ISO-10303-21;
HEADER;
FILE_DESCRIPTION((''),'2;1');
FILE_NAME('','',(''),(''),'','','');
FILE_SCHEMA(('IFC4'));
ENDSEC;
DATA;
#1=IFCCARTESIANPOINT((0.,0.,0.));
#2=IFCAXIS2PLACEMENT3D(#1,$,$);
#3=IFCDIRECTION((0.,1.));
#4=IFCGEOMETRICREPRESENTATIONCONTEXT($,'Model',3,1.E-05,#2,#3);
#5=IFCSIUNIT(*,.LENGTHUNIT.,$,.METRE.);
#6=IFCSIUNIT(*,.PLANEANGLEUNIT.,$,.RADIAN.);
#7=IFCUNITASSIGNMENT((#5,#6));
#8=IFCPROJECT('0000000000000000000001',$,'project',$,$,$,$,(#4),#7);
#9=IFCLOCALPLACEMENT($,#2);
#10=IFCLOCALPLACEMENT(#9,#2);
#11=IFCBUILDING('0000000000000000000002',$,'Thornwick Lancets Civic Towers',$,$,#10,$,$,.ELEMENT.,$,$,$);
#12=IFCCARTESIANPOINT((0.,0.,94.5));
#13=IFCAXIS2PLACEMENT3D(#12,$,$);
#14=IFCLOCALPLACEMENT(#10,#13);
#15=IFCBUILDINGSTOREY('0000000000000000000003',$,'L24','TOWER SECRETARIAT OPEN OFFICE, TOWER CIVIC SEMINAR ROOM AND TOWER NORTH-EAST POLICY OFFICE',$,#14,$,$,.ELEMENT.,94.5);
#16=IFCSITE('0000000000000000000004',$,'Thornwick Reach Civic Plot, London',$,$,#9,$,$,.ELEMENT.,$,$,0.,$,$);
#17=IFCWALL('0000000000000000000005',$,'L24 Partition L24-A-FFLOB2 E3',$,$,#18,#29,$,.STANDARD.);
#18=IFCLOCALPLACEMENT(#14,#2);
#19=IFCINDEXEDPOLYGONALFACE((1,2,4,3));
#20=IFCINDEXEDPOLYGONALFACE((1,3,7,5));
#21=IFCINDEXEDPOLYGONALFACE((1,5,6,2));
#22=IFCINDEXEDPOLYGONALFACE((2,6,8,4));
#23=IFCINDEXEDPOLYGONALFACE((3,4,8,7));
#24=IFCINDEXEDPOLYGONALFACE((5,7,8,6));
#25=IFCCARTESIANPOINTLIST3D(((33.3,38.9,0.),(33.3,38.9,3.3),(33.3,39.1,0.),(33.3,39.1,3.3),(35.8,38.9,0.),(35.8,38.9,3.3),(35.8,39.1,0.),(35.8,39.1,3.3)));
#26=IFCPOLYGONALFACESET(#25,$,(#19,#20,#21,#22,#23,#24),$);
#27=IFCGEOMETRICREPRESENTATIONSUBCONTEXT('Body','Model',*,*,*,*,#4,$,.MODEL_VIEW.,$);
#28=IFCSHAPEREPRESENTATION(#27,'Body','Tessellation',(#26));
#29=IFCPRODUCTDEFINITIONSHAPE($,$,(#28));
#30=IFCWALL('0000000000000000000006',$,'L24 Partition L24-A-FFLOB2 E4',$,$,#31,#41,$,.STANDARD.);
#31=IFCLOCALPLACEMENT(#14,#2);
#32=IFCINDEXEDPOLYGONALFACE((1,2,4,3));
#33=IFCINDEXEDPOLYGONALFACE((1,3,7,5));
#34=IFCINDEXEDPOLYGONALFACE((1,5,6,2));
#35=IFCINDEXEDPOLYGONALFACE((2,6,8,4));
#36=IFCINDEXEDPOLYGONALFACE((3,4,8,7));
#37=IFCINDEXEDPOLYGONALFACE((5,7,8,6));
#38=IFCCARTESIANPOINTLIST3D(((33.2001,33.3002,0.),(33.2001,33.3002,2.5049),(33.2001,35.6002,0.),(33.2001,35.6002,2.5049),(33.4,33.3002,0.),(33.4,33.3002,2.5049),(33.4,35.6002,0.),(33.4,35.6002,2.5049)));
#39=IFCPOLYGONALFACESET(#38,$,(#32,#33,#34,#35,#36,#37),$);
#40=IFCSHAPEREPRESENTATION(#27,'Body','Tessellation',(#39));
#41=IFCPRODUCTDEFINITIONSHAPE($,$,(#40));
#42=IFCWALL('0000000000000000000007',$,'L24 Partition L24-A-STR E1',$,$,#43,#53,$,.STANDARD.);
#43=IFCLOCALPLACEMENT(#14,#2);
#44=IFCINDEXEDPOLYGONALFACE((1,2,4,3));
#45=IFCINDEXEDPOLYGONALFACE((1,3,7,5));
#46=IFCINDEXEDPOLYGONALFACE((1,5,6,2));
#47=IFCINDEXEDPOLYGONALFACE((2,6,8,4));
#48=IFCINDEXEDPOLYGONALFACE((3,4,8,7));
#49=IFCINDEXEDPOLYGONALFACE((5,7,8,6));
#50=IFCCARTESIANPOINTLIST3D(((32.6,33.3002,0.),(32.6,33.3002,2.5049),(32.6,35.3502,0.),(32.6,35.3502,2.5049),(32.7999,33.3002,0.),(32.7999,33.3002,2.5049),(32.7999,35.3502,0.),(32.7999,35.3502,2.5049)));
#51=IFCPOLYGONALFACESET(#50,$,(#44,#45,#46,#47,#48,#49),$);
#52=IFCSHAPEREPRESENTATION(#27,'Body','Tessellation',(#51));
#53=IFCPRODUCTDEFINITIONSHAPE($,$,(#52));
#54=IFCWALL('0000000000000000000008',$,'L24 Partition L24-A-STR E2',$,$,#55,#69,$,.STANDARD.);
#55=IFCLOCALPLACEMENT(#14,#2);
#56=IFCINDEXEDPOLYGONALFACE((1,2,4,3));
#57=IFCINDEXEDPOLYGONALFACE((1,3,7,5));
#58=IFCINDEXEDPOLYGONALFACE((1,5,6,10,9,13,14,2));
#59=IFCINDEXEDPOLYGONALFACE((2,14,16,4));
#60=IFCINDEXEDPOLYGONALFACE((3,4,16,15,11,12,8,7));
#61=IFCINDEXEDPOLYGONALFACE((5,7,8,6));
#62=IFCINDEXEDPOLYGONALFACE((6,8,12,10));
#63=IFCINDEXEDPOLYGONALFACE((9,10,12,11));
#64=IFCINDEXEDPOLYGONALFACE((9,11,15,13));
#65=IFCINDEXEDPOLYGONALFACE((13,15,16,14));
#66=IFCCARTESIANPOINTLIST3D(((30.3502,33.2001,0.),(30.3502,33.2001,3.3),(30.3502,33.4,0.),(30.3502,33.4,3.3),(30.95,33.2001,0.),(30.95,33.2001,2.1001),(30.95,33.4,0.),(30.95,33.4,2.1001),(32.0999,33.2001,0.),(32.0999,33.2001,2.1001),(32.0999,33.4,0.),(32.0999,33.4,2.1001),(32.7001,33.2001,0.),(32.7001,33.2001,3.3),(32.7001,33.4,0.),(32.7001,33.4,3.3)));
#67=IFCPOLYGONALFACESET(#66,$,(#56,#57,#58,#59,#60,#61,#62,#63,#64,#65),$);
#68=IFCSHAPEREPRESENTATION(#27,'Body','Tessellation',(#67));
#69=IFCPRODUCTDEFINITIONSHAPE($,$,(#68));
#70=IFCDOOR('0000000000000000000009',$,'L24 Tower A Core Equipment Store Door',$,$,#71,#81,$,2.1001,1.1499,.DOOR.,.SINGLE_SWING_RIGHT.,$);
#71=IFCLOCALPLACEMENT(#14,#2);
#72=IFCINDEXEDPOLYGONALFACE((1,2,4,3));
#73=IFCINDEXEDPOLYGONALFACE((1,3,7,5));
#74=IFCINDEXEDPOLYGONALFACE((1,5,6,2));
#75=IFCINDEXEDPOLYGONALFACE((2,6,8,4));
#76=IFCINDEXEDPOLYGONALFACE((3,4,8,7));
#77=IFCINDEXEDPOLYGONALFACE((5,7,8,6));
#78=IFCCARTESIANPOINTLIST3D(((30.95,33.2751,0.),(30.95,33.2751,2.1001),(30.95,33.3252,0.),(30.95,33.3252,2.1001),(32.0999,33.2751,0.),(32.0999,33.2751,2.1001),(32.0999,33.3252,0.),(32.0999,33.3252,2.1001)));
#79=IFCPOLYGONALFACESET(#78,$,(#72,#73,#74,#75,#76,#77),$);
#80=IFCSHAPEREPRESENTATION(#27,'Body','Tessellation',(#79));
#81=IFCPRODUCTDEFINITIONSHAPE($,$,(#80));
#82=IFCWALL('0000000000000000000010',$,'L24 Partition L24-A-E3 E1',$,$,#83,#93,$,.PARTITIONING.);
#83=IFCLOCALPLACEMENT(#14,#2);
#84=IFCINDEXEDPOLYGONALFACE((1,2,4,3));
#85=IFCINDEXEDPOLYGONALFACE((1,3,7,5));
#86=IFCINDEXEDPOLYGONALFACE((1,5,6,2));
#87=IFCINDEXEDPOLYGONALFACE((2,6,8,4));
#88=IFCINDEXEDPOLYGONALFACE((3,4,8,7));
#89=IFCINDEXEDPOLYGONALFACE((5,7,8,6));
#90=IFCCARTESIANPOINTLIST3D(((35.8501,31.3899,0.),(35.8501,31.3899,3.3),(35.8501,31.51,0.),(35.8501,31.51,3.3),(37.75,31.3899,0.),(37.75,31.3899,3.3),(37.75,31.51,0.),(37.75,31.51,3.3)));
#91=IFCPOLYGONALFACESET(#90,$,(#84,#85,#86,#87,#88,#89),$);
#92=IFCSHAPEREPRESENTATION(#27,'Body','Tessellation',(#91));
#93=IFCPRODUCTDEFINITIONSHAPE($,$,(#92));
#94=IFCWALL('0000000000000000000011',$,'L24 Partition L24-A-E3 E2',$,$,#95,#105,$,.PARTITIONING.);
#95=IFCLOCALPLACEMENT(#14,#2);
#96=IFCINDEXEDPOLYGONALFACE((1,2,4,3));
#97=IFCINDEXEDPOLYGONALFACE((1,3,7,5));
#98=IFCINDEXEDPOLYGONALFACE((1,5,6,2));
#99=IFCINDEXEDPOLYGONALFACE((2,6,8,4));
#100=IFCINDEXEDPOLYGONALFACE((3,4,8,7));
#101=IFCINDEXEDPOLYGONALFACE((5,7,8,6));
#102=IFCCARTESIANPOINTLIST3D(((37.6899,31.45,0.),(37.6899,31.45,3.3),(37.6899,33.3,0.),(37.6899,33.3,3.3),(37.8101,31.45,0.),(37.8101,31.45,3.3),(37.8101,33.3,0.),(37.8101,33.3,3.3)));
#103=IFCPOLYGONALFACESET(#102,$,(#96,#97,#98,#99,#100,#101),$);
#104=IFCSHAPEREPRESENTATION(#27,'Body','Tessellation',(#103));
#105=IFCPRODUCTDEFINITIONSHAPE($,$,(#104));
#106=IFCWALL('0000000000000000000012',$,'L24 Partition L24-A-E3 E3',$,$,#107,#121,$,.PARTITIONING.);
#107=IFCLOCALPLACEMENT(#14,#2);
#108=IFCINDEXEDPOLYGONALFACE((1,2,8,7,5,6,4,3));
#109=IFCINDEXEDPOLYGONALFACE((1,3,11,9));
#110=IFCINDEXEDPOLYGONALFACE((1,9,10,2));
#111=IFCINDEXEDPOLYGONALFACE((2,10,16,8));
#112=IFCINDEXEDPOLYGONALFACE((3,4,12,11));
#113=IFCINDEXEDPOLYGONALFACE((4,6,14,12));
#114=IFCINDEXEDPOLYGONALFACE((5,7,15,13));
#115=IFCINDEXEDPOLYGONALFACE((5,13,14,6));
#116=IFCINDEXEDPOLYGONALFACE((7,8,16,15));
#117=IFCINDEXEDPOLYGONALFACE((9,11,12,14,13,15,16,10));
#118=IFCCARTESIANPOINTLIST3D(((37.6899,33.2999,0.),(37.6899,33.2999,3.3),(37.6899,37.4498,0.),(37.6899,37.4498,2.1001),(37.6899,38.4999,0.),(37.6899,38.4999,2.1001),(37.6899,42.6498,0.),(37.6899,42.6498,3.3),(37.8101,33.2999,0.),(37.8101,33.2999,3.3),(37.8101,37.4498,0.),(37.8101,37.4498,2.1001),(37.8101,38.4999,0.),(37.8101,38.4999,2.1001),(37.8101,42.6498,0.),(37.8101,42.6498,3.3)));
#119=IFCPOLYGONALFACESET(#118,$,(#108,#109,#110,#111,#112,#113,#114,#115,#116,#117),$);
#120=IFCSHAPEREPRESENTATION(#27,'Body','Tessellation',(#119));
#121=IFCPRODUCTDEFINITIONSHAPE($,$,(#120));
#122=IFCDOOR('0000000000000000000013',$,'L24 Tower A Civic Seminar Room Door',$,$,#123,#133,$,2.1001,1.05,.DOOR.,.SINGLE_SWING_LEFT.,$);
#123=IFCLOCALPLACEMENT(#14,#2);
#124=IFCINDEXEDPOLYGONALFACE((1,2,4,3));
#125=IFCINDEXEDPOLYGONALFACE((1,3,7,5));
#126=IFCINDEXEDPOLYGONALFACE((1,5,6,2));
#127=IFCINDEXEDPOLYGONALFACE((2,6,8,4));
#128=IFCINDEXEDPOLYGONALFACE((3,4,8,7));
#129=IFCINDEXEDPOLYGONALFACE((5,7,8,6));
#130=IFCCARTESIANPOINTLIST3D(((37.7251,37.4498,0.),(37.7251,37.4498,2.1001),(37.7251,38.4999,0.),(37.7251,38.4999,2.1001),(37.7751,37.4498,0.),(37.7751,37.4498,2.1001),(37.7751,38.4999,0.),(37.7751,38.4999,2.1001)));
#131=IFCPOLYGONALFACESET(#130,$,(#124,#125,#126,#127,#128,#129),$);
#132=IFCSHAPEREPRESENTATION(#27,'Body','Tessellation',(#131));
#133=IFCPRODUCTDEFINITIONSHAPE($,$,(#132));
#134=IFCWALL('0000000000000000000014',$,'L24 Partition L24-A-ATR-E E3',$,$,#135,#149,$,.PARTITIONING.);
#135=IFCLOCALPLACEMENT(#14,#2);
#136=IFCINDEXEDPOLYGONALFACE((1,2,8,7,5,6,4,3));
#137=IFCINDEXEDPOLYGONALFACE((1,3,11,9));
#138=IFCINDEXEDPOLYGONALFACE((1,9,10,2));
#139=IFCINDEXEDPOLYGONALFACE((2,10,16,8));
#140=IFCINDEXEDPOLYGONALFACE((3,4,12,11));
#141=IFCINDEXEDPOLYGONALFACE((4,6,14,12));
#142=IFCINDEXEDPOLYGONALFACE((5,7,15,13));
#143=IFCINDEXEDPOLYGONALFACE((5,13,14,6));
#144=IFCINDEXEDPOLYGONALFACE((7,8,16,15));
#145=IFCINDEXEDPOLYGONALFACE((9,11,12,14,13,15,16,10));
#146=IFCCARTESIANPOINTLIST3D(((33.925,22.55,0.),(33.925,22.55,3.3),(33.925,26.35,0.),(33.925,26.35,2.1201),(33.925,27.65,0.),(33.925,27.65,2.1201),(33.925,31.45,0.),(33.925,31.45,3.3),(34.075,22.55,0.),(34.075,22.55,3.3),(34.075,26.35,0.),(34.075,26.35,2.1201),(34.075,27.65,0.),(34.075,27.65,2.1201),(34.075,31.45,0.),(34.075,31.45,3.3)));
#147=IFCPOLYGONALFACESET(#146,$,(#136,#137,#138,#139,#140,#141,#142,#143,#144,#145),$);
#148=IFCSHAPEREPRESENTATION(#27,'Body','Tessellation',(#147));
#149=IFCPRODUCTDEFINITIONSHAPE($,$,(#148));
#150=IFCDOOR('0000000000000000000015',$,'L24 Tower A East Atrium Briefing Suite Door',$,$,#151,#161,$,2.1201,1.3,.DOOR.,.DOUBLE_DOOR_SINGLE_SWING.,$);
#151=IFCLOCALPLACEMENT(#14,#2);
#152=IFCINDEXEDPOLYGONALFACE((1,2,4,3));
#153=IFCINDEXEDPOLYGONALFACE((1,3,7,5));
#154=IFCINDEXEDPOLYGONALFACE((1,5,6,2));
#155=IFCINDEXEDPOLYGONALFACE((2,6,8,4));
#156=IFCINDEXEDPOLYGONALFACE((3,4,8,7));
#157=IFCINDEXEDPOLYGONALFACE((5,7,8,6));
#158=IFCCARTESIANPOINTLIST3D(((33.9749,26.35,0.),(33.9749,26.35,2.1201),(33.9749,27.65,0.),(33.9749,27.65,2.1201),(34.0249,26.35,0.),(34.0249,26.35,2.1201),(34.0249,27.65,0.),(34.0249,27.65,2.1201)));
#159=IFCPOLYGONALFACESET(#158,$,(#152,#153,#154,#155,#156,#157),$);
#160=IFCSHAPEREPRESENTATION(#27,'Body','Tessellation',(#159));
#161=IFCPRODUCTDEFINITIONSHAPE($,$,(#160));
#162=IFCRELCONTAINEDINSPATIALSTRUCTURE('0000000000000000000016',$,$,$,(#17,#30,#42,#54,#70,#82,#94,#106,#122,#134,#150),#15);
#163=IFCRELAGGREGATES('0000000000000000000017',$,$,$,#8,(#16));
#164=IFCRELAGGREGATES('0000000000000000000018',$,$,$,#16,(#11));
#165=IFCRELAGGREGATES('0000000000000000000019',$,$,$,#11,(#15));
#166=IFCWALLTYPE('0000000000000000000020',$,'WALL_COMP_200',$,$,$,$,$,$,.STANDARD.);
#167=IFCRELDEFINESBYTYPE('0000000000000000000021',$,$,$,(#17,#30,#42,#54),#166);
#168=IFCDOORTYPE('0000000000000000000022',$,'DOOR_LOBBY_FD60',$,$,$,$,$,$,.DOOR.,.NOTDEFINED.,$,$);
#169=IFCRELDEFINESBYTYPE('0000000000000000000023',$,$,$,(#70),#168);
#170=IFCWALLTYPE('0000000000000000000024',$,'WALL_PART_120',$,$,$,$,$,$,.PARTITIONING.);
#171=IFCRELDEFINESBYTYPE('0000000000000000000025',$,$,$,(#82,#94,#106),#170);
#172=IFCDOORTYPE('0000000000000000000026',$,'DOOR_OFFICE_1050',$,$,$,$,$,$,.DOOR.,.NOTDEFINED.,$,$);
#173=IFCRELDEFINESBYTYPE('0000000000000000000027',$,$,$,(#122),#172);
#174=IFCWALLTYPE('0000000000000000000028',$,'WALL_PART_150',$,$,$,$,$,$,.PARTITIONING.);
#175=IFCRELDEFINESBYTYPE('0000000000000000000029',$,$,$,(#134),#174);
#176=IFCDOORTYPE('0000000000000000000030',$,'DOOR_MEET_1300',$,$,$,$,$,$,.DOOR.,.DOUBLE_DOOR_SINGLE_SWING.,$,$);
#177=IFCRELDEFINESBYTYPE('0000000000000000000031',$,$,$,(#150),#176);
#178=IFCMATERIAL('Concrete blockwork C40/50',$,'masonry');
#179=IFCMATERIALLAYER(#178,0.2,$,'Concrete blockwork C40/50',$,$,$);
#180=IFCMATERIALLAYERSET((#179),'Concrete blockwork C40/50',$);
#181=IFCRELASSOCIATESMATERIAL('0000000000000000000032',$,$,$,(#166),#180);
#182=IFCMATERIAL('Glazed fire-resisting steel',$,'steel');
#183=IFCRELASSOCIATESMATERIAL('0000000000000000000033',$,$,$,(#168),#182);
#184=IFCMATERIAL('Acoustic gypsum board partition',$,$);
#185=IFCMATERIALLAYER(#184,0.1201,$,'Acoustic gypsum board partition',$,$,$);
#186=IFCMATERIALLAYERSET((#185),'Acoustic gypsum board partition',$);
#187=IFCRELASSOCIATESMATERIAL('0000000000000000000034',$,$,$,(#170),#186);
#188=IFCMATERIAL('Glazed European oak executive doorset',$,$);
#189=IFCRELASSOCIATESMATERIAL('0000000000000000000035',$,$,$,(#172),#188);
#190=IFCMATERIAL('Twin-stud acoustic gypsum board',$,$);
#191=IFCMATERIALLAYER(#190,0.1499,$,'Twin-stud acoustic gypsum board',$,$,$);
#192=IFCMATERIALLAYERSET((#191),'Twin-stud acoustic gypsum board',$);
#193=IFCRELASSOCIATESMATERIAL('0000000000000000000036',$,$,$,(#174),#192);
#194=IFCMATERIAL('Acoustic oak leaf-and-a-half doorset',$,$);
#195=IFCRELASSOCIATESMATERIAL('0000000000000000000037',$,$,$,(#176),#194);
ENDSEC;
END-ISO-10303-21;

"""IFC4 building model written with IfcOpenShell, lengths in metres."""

from ifc_helpers import new_model, si_unit, direction, frame, frame_2d, origin, place, context, subcontext, project, spatial, rectangle, extrude, material, layer, layer_set, type_object, element, fill, save


model = new_model("IFC4")

# Units and contexts
model_context = context("Model", 3, precision=1e-05, world=origin(), true_north=direction((0.0, 1.0)))
body_context = subcontext(model_context, "Body", "Model", "MODEL_VIEW")
ifc_project = project(units=[si_unit("LENGTHUNIT", "METRE"), si_unit("PLANEANGLEUNIT", "RADIAN")], contexts=[model_context])

# Site, building, storey
site_placement = place(None, origin())
site = spatial("IfcSite", under=ifc_project, at=site_placement, Name="Thornwick Reach Civic Plot, London", CompositionType="ELEMENT", RefElevation=0.0)
building_placement = place(site_placement, origin())
building = spatial("IfcBuilding", under=site, at=building_placement, Name="Thornwick Lancets Civic Towers", CompositionType="ELEMENT")
storey_placement = place(building_placement, frame((0.0, 0.0, 94.5)))
storey = spatial("IfcBuildingStorey", under=building, at=storey_placement, Name="L24", Description="TOWER SECRETARIAT OPEN OFFICE, TOWER CIVIC SEMINAR ROOM AND TOWER NORTH-EAST POLICY OFFICE", CompositionType="ELEMENT", Elevation=94.5)

# Shared definitions
ifc_material_1 = material(Name="Concrete blockwork C40/50", Category="masonry")
ifc_layer_1 = layer(ifc_material_1, 0.2, Name="Concrete blockwork C40/50")
ifc_layer_set_1 = layer_set([ifc_layer_1], Name="Concrete blockwork C40/50")
wall_type_1 = type_object("IfcWallType", Name="WALL_COMP_200", PredefinedType="STANDARD", material=ifc_layer_set_1)

# Shared definitions
ifc_material_2 = material(Name="Glazed fire-resisting steel", Category="steel")
door_type_1 = type_object("IfcDoorType", Name="DOOR_LOBBY_FD60", OperationType="NOTDEFINED", PredefinedType="DOOR", material=ifc_material_2)

# Walls
wall_1_placement = place(storey_placement, frame((35.8, 39.0, 0.0), z_axis=(0.0, 0.0, 1.0), x_axis=(-1.0, 0.0, 0.0)))
element("IfcWall", 1, at=wall_1_placement, inside=storey, type_object=wall_type_1, Name="L24 Partition L24-A-FFLOB2 E3", PredefinedType="STANDARD", context=body_context, shape_type="SweptSolid", body=[
    extrude(rectangle(XDim=2.5, YDim=0.2, at=frame_2d((1.25, 0.0))), origin(), (0.0, 0.0, 1.0), 3.3),
])
wall_2_placement = place(storey_placement, frame((33.3, 35.6001, 0.0), z_axis=(0.0, 0.0, 1.0), x_axis=(0.0, -1.0, 0.0)))
element("IfcWall", 2, at=wall_2_placement, inside=storey, type_object=wall_type_1, Name="L24 Partition L24-A-FFLOB2 E4", PredefinedType="STANDARD", context=body_context, shape_type="SweptSolid", body=[
    extrude(rectangle(XDim=2.3, YDim=0.2, at=frame_2d((1.1499, 0.0))), origin(), (0.0, 0.0, 1.0), 2.5049),
])
wall_3_placement = place(storey_placement, frame((32.7, 35.3501, 0.0), z_axis=(0.0, 0.0, 1.0), x_axis=(0.0, -1.0, 0.0)))
element("IfcWall", 3, at=wall_3_placement, inside=storey, type_object=wall_type_1, Name="L24 Partition L24-A-STR E1", PredefinedType="STANDARD", context=body_context, shape_type="SweptSolid", body=[
    extrude(rectangle(XDim=2.05, YDim=0.2, at=frame_2d((1.0249, 0.0))), origin(), (0.0, 0.0, 1.0), 2.5049),
])

# Wall, opening, door
wall_4_placement = place(storey_placement, frame((32.7, 33.3, 0.0), z_axis=(0.0, 0.0, 1.0), x_axis=(-1.0, 0.0, 0.0)))
wall_4 = element("IfcWall", 4, at=wall_4_placement, inside=storey, type_object=wall_type_1, Name="L24 Partition L24-A-STR E2", PredefinedType="STANDARD", context=body_context, shape_type="SweptSolid", body=[
    extrude(rectangle(XDim=2.3499, YDim=0.2, at=frame_2d((1.1748, 0.0))), origin(), (0.0, 0.0, 1.0), 3.3),
])
opening_1_placement = place(wall_4_placement, frame((0.6001, 0.0, 0.0)))
opening_1 = element("IfcOpeningElement", 5, at=opening_1_placement, cuts=wall_4, PredefinedType="OPENING", context=body_context, shape_type="SweptSolid", body=[
    extrude(rectangle(XDim=1.1499, YDim=2.1001, at=frame_2d((0.575, 1.05))), frame((0.0, 0.1099, 0.0), z_axis=(0.0, -1.0, 0.0), x_axis=(1.0, 0.0, 0.0)), (0.0, 0.0, 1.0), 0.22),
])
door_1_placement = place(opening_1_placement, origin())
door_1 = element("IfcDoor", 6, at=door_1_placement, inside=storey, type_object=door_type_1, Name="L24 Tower A Core Equipment Store Door", OperationType="SINGLE_SWING_RIGHT", OverallHeight=2.1001, OverallWidth=1.1499, PredefinedType="DOOR", context=body_context, shape_type="SweptSolid", body=[
    extrude(rectangle(XDim=1.1499, YDim=2.1001, at=frame_2d((0.575, 1.05))), frame((0.0, 0.0249, 0.0), z_axis=(0.0, -1.0, 0.0), x_axis=(1.0, 0.0, 0.0)), (0.0, 0.0, 1.0), 0.05),
])
fill(opening_1, door_1)

# Walls
ifc_material_3 = material(Name="Acoustic gypsum board partition")
ifc_layer_2 = layer(ifc_material_3, 0.1201, Name="Acoustic gypsum board partition")
ifc_layer_set_2 = layer_set([ifc_layer_2], Name="Acoustic gypsum board partition")
wall_type_2 = type_object("IfcWallType", Name="WALL_PART_120", PredefinedType="PARTITIONING", material=ifc_layer_set_2)
wall_5_placement = place(storey_placement, frame((35.8501, 31.45, 0.0), z_axis=(0.0, 0.0, 1.0), x_axis=(1.0, 0.0, 0.0)))
element("IfcWall", 7, at=wall_5_placement, inside=storey, type_object=wall_type_2, Name="L24 Partition L24-A-E3 E1", PredefinedType="PARTITIONING", context=body_context, shape_type="SweptSolid", body=[
    extrude(rectangle(XDim=1.8999, YDim=0.1201, at=frame_2d((0.95, 0.0))), origin(), (0.0, 0.0, 1.0), 3.3),
])
wall_6_placement = place(storey_placement, frame((37.75, 31.45, 0.0), z_axis=(0.0, 0.0, 1.0), x_axis=(0.0, 1.0, 0.0)))
element("IfcWall", 8, at=wall_6_placement, inside=storey, type_object=wall_type_2, Name="L24 Partition L24-A-E3 E2", PredefinedType="PARTITIONING", context=body_context, shape_type="SweptSolid", body=[
    extrude(rectangle(XDim=1.8501, YDim=0.1201, at=frame_2d((0.925, 0.0))), origin(), (0.0, 0.0, 1.0), 3.3),
])

# Walls, openings, doors
wall_7_placement = place(storey_placement, frame((37.75, 33.3, 0.0), z_axis=(0.0, 0.0, 1.0), x_axis=(0.0, 1.0, 0.0)))
wall_7 = element("IfcWall", 9, at=wall_7_placement, inside=storey, type_object=wall_type_2, Name="L24 Partition L24-A-E3 E3", PredefinedType="PARTITIONING", context=body_context, shape_type="SweptSolid", body=[
    extrude(rectangle(XDim=9.3499, YDim=0.1201, at=frame_2d((4.6748, 0.0))), origin(), (0.0, 0.0, 1.0), 3.3),
])
opening_2_placement = place(wall_7_placement, frame((4.1499, 0.0, 0.0)))
opening_2 = element("IfcOpeningElement", 10, at=opening_2_placement, cuts=wall_7, PredefinedType="OPENING", context=body_context, shape_type="SweptSolid", body=[
    extrude(rectangle(XDim=1.05, YDim=2.1001, at=frame_2d((0.5249, 1.05))), frame((0.0, 0.0701, 0.0), z_axis=(0.0, -1.0, 0.0), x_axis=(1.0, 0.0, 0.0)), (0.0, 0.0, 1.0), 0.1401),
])
ifc_material_4 = material(Name="Glazed European oak executive doorset")
door_type_2 = type_object("IfcDoorType", Name="DOOR_OFFICE_1050", OperationType="NOTDEFINED", PredefinedType="DOOR", material=ifc_material_4)
door_2_placement = place(opening_2_placement, origin())
door_2 = element("IfcDoor", 11, at=door_2_placement, inside=storey, type_object=door_type_2, Name="L24 Tower A Civic Seminar Room Door", OperationType="SINGLE_SWING_LEFT", OverallHeight=2.1001, OverallWidth=1.05, PredefinedType="DOOR", context=body_context, shape_type="SweptSolid", body=[
    extrude(rectangle(XDim=1.05, YDim=2.1001, at=frame_2d((0.5249, 1.05))), frame((0.0, 0.0249, 0.0), z_axis=(0.0, -1.0, 0.0), x_axis=(1.0, 0.0, 0.0)), (0.0, 0.0, 1.0), 0.05),
])
fill(opening_2, door_2)
ifc_material_5 = material(Name="Twin-stud acoustic gypsum board")
ifc_layer_3 = layer(ifc_material_5, 0.1499, Name="Twin-stud acoustic gypsum board")
ifc_layer_set_3 = layer_set([ifc_layer_3], Name="Twin-stud acoustic gypsum board")
wall_type_3 = type_object("IfcWallType", Name="WALL_PART_150", PredefinedType="PARTITIONING", material=ifc_layer_set_3)
wall_8_placement = place(storey_placement, frame((34.0, 31.45, 0.0), z_axis=(0.0, 0.0, 1.0), x_axis=(0.0, -1.0, 0.0)))
wall_8 = element("IfcWall", 12, at=wall_8_placement, inside=storey, type_object=wall_type_3, Name="L24 Partition L24-A-ATR-E E3", PredefinedType="PARTITIONING", context=body_context, shape_type="SweptSolid", body=[
    extrude(rectangle(XDim=8.8999, YDim=0.1499, at=frame_2d((4.45, 0.0))), origin(), (0.0, 0.0, 1.0), 3.3),
])
opening_3_placement = place(wall_8_placement, frame((3.8, 0.0, 0.0)))
opening_3 = element("IfcOpeningElement", 13, at=opening_3_placement, cuts=wall_8, PredefinedType="OPENING", context=body_context, shape_type="SweptSolid", body=[
    extrude(rectangle(XDim=1.3, YDim=2.1201, at=frame_2d((0.6499, 1.0601))), frame((0.0, 0.085, 0.0), z_axis=(0.0, -1.0, 0.0), x_axis=(1.0, 0.0, 0.0)), (0.0, 0.0, 1.0), 0.1699),
])
ifc_material_6 = material(Name="Acoustic oak leaf-and-a-half doorset")
door_type_3 = type_object("IfcDoorType", Name="DOOR_MEET_1300", OperationType="DOUBLE_DOOR_SINGLE_SWING", PredefinedType="DOOR", material=ifc_material_6)
door_3_placement = place(opening_3_placement, origin())
door_3 = element("IfcDoor", 14, at=door_3_placement, inside=storey, type_object=door_type_3, Name="L24 Tower A East Atrium Briefing Suite Door", OperationType="DOUBLE_DOOR_SINGLE_SWING", OverallHeight=2.1201, OverallWidth=1.3, PredefinedType="DOOR", context=body_context, shape_type="SweptSolid", body=[
    extrude(rectangle(XDim=1.3, YDim=2.1201, at=frame_2d((0.6499, 1.0601))), frame((0.0, 0.0249, 0.0), z_axis=(0.0, -1.0, 0.0), x_axis=(1.0, 0.0, 0.0)), (0.0, 0.0, 1.0), 0.05),
])
fill(opening_3, door_3)

save(model, "model.ifc")
